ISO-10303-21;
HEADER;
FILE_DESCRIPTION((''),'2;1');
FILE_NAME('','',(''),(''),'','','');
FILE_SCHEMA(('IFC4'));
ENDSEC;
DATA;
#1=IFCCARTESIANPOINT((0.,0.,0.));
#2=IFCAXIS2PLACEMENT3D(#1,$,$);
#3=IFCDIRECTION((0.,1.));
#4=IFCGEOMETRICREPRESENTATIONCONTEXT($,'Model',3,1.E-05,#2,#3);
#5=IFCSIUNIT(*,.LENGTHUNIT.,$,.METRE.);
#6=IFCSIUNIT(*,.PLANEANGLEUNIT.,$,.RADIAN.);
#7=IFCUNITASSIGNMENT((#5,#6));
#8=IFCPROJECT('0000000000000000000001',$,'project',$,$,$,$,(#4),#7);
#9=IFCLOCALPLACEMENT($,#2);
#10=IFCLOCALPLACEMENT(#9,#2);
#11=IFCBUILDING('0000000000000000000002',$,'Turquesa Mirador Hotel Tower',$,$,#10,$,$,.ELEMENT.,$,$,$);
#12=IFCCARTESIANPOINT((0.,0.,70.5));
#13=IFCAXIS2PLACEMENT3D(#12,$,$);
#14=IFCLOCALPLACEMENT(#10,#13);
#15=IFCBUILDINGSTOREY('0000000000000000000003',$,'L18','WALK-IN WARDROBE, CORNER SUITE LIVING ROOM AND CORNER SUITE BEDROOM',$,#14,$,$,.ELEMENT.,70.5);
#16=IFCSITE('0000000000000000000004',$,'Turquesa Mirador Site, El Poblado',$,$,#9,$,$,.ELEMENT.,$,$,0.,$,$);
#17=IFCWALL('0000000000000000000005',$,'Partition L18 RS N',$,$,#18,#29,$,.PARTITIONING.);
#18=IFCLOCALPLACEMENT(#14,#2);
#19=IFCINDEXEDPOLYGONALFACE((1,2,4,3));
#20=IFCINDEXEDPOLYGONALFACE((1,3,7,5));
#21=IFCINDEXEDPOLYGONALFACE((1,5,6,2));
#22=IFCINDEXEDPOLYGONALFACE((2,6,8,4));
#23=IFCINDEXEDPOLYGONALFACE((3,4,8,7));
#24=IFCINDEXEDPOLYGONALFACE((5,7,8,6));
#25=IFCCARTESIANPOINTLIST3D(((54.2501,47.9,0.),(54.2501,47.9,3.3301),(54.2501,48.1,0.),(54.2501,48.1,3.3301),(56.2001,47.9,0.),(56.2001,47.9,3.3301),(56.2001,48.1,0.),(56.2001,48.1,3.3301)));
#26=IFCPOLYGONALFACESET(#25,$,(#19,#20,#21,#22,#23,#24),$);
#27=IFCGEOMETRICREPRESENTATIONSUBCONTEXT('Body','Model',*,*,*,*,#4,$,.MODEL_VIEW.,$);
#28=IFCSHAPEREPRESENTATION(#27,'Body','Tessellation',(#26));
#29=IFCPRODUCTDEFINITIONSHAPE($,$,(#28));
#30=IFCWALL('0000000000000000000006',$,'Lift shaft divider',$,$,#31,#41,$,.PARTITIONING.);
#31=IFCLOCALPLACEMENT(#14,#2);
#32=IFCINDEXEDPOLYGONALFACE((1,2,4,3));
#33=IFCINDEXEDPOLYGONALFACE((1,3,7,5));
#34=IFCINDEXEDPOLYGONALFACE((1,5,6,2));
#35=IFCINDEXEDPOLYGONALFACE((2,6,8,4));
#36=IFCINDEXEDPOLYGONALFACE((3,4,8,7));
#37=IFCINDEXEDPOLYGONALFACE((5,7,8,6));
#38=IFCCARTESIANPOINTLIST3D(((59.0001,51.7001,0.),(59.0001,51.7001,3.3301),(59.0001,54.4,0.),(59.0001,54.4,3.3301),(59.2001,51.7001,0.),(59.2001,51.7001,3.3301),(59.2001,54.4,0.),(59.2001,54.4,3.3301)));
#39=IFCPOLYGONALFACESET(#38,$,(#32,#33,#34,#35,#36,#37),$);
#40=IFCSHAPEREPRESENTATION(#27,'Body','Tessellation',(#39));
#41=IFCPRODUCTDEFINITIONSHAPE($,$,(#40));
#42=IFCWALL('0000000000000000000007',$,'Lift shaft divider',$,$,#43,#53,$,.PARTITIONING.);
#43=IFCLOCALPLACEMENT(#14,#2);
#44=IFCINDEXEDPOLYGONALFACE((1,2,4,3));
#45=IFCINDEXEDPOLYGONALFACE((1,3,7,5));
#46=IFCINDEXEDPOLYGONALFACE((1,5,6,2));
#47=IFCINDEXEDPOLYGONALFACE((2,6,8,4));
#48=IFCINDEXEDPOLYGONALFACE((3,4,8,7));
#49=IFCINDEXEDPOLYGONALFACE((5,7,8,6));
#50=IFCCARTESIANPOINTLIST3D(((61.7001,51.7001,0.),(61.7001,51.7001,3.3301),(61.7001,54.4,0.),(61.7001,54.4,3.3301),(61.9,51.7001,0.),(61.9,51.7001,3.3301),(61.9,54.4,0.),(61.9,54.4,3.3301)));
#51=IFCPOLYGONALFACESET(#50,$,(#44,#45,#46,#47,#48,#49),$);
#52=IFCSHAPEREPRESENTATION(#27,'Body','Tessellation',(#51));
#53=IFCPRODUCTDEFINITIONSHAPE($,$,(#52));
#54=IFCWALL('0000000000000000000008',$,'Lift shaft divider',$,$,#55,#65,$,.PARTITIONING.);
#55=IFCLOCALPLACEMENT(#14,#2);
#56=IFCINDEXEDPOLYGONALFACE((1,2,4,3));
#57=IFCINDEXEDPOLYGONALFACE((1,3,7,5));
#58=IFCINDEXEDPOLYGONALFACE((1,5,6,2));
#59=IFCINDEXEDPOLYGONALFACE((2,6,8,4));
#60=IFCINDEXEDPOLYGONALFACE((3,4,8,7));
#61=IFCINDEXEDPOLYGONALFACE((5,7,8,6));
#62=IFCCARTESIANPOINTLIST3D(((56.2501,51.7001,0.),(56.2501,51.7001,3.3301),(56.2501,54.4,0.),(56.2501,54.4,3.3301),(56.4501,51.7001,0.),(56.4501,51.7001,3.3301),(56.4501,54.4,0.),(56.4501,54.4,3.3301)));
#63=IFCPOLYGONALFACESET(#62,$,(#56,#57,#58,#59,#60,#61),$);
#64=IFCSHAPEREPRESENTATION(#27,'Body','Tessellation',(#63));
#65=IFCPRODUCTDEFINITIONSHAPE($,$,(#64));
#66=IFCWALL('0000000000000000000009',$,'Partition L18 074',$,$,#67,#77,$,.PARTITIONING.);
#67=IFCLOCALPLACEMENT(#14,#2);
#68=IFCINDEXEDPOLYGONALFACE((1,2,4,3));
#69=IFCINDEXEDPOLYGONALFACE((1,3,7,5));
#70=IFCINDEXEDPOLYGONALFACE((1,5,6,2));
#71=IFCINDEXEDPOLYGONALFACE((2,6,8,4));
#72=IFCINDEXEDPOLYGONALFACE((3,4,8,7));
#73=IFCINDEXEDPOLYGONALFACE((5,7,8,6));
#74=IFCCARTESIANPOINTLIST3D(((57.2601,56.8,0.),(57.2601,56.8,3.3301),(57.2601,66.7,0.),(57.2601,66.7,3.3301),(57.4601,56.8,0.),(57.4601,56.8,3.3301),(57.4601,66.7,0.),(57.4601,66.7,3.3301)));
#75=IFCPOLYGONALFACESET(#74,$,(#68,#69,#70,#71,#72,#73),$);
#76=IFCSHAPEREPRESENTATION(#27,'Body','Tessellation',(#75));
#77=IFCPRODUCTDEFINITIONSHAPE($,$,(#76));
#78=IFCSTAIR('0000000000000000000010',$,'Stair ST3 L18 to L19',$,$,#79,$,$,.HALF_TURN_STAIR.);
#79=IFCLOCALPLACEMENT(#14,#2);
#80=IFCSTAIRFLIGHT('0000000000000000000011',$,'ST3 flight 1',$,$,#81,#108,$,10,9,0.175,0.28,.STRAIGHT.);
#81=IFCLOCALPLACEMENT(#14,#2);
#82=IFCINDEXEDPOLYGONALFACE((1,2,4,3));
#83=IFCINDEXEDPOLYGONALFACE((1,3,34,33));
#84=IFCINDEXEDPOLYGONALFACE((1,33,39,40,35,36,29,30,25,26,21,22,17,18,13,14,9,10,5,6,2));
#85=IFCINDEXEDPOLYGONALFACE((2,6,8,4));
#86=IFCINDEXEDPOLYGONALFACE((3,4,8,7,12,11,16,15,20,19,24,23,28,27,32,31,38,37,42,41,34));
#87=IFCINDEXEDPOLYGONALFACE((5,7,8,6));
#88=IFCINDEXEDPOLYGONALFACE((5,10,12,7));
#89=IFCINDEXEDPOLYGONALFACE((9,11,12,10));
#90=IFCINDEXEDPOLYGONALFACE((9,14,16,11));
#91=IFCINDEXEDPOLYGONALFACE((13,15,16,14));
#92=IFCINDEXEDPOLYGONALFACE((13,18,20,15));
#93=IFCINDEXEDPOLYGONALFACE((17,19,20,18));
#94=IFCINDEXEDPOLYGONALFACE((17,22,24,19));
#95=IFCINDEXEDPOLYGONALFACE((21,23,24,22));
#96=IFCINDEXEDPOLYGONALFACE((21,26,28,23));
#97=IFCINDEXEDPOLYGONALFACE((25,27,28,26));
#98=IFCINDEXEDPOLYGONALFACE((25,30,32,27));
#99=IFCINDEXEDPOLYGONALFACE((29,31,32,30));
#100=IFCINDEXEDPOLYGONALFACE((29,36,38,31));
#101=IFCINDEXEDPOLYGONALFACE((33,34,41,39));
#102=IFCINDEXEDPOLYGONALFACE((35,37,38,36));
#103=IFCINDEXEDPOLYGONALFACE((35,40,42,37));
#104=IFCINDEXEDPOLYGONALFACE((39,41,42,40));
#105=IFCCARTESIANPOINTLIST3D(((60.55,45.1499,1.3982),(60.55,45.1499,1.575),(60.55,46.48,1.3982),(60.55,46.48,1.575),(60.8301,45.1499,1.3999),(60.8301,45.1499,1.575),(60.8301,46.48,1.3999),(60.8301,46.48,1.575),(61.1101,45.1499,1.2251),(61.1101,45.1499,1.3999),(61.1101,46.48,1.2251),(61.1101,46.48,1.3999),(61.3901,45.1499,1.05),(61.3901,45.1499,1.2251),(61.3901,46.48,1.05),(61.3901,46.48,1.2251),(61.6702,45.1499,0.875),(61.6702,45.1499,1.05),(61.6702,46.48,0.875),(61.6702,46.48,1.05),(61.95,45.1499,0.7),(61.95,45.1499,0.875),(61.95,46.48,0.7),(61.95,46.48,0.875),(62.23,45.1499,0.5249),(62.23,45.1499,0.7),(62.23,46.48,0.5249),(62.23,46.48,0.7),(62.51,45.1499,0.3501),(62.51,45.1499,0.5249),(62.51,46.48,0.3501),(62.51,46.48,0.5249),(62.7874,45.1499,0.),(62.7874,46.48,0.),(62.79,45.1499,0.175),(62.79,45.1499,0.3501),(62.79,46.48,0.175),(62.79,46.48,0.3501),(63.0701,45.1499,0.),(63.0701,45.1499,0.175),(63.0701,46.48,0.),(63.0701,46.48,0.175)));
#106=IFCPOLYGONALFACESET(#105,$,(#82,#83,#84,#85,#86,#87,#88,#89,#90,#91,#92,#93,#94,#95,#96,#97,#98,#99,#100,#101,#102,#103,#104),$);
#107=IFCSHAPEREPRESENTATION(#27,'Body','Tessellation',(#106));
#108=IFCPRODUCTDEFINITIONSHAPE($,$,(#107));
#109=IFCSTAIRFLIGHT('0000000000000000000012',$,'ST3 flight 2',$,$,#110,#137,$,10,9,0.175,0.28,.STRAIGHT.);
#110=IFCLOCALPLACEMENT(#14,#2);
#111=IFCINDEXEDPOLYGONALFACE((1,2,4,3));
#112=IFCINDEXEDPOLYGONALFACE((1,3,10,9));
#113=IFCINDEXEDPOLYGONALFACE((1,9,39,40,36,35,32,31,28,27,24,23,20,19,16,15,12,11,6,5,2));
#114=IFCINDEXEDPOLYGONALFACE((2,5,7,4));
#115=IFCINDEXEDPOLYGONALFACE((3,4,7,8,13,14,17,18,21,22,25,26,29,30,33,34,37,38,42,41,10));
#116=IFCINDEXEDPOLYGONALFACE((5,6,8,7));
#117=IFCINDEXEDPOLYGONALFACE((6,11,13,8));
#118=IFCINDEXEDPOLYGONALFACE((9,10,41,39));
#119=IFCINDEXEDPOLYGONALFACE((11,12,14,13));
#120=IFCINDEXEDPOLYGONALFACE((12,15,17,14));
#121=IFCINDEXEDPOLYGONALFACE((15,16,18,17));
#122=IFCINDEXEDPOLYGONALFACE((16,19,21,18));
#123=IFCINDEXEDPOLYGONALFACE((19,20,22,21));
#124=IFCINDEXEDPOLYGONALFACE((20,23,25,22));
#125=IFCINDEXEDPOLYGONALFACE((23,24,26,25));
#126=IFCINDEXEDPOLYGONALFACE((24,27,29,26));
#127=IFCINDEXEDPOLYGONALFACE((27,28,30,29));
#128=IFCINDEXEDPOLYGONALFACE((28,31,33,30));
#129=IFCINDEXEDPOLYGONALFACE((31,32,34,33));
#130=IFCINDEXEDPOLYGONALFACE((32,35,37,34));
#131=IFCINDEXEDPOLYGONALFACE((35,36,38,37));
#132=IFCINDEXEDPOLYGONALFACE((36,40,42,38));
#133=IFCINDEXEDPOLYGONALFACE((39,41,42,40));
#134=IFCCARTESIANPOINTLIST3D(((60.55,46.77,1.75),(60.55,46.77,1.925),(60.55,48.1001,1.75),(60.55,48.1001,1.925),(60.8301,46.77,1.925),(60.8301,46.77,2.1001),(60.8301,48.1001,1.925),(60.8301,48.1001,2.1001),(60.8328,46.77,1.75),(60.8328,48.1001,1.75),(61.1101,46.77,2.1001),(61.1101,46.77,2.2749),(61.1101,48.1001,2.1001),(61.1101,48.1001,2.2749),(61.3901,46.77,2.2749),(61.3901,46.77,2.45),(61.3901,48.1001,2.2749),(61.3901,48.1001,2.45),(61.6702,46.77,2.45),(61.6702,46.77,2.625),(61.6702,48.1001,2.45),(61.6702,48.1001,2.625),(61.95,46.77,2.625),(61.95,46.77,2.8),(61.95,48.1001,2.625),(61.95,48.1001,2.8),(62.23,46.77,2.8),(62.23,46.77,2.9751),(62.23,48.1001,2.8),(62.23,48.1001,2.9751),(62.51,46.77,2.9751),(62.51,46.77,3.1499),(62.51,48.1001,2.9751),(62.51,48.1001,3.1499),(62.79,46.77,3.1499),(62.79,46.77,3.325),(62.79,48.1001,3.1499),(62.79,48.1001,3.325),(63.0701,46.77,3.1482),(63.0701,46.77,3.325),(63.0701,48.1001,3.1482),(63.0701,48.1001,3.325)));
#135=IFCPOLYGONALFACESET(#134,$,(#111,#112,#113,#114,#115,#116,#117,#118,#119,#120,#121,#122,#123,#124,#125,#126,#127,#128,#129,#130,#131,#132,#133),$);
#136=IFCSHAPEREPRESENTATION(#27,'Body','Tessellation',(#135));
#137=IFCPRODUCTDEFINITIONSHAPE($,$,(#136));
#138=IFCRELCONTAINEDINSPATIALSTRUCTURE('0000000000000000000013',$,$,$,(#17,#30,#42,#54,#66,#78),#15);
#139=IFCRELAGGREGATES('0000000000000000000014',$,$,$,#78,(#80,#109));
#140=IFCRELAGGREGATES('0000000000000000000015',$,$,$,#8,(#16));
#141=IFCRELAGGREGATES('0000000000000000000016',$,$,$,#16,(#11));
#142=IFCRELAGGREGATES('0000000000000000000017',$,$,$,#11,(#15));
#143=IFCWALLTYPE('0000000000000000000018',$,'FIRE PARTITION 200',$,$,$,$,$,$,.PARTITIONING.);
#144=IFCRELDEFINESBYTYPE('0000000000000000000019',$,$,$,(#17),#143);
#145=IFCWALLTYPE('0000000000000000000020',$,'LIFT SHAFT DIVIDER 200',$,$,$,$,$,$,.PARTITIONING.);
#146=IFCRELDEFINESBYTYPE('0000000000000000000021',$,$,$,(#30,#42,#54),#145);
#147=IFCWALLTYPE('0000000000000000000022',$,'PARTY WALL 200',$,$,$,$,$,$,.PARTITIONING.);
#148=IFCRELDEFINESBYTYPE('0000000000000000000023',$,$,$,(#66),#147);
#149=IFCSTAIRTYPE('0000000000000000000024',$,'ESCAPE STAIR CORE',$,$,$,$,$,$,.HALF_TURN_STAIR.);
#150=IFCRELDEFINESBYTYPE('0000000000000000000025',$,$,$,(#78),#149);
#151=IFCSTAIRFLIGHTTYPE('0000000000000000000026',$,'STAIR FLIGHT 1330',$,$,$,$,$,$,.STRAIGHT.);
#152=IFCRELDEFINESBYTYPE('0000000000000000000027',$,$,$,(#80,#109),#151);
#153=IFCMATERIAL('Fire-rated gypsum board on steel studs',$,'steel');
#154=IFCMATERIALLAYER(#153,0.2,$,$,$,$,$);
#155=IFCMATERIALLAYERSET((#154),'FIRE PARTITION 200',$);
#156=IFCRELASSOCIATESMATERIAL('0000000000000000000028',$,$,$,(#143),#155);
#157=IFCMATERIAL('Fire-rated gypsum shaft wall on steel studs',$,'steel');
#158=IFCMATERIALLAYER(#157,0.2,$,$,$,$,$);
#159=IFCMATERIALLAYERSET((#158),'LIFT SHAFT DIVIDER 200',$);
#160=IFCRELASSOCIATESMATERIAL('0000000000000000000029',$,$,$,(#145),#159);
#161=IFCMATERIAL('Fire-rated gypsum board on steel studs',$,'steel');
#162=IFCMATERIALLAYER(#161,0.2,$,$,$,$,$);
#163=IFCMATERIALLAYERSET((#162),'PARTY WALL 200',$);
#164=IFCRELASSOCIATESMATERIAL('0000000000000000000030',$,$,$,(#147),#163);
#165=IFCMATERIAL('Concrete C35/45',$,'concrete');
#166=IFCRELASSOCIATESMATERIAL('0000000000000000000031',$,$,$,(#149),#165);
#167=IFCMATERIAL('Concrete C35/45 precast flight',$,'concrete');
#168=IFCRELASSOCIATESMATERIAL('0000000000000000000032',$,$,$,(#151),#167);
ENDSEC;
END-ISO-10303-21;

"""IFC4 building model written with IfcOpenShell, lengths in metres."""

from ifc_helpers import new_model, si_unit, direction, frame, frame_2d, origin, place, context, subcontext, project, spatial, polyline, rectangle, outline, extrude, material, layer, layer_set, type_object, element, aggregate, save


model = new_model("IFC4")

# Units and contexts
model_context = context("Model", 3, precision=1e-05, world=origin(), true_north=direction((0.0, 1.0)))
body_context = subcontext(model_context, "Body", "Model", "MODEL_VIEW")
ifc_project = project(units=[si_unit("LENGTHUNIT", "METRE"), si_unit("PLANEANGLEUNIT", "RADIAN")], contexts=[model_context])

# Site, building, storey
site_placement = place(None, origin())
site = spatial("IfcSite", under=ifc_project, at=site_placement, Name="Turquesa Mirador Site, El Poblado", CompositionType="ELEMENT", RefElevation=0.0)
building_placement = place(site_placement, origin())
building = spatial("IfcBuilding", under=site, at=building_placement, Name="Turquesa Mirador Hotel Tower", CompositionType="ELEMENT")
storey_placement = place(building_placement, frame((0.0, 0.0, 70.5)))
storey = spatial("IfcBuildingStorey", under=building, at=storey_placement, Name="L18", Description="WALK-IN WARDROBE, CORNER SUITE LIVING ROOM AND CORNER SUITE BEDROOM", CompositionType="ELEMENT", Elevation=70.5)

# Shared definitions
ifc_material_1 = material(Name="Fire-rated gypsum board on steel studs", Category="steel")
ifc_layer_1 = layer(ifc_material_1, 0.2)
ifc_layer_set_1 = layer_set([ifc_layer_1], Name="FIRE PARTITION 200")
wall_type_1 = type_object("IfcWallType", Name="FIRE PARTITION 200", PredefinedType="PARTITIONING", material=ifc_layer_set_1)

# Walls
for number, where, z_axis, x_axis, name in (
    (1, (54.25, 48.0, 0.0), (0.0, 0.0, 1.0), (1.0, 0.0, 0.0), "Partition L18 RS N"),
):
    element("IfcWall", number, at=place(storey_placement, frame(where, z_axis=z_axis, x_axis=x_axis)), inside=storey, type_object=wall_type_1, Name=name, PredefinedType="PARTITIONING", context=body_context, shape_type="SweptSolid", body=[
        extrude(rectangle(XDim=1.95, YDim=0.2, at=frame_2d((0.9751, 0.0))), origin(), (0.0, 0.0, 1.0), 3.3301),
    ])
ifc_material_2 = material(Name="Fire-rated gypsum shaft wall on steel studs", Category="steel")
ifc_layer_2 = layer(ifc_material_2, 0.2)
ifc_layer_set_2 = layer_set([ifc_layer_2], Name="LIFT SHAFT DIVIDER 200")
wall_type_2 = type_object("IfcWallType", Name="LIFT SHAFT DIVIDER 200", PredefinedType="PARTITIONING", material=ifc_layer_set_2)
for number, where, z_axis, x_axis, name in (
    (2, (59.1001, 51.7, 0.0), (0.0, 0.0, 1.0), (0.0, 1.0, 0.0), "Lift shaft divider"),
    (3, (61.8, 51.7, 0.0), (0.0, 0.0, 1.0), (0.0, 1.0, 0.0), "Lift shaft divider"),
    (4, (56.3501, 51.7, 0.0), (0.0, 0.0, 1.0), (0.0, 1.0, 0.0), "Lift shaft divider"),
):
    element("IfcWall", number, at=place(storey_placement, frame(where, z_axis=z_axis, x_axis=x_axis)), inside=storey, type_object=wall_type_2, Name=name, PredefinedType="PARTITIONING", context=body_context, shape_type="SweptSolid", body=[
        extrude(rectangle(XDim=2.7, YDim=0.2, at=frame_2d((1.3501, 0.0))), origin(), (0.0, 0.0, 1.0), 3.3301),
    ])
ifc_material_3 = material(Name="Fire-rated gypsum board on steel studs", Category="steel")
ifc_layer_3 = layer(ifc_material_3, 0.2)
ifc_layer_set_3 = layer_set([ifc_layer_3], Name="PARTY WALL 200")
wall_type_3 = type_object("IfcWallType", Name="PARTY WALL 200", PredefinedType="PARTITIONING", material=ifc_layer_set_3)
wall_1_placement = place(storey_placement, frame((57.3601, 56.8, 0.0), z_axis=(0.0, 0.0, 1.0), x_axis=(0.0, 1.0, 0.0)))
element("IfcWall", 5, at=wall_1_placement, inside=storey, type_object=wall_type_3, Name="Partition L18 074", PredefinedType="PARTITIONING", context=body_context, shape_type="SweptSolid", body=[
    extrude(rectangle(XDim=9.8999, YDim=0.2, at=frame_2d((4.95, 0.0))), origin(), (0.0, 0.0, 1.0), 3.3301),
])

# Stair, stair flights
ifc_material_4 = material(Name="Concrete C35/45", Category="concrete")
stair_type = type_object("IfcStairType", Name="ESCAPE STAIR CORE", PredefinedType="HALF_TURN_STAIR", material=ifc_material_4)
stair_placement = place(storey_placement, origin())
stair = element("IfcStair", 6, at=stair_placement, inside=storey, type_object=stair_type, Name="Stair ST3 L18 to L19", PredefinedType="HALF_TURN_STAIR")
ifc_material_5 = material(Name="Concrete C35/45 precast flight", Category="concrete")
stair_flight_type = type_object("IfcStairFlightType", Name="STAIR FLIGHT 1330", PredefinedType="STRAIGHT", material=ifc_material_5)
stair_flight_1_placement = place(storey_placement, frame((63.0701, 45.8149, 0.0), z_axis=(0.0, 0.0, 1.0), x_axis=(-1.0, 0.0, 0.0)))
stair_flight_1 = element("IfcStairFlight", 7, at=stair_flight_1_placement, type_object=stair_flight_type, Name="ST3 flight 1", NumberOfRisers=10, NumberOfTreads=9, PredefinedType="STRAIGHT", RiserHeight=0.175, TreadLength=0.28, context=body_context, shape_type="SweptSolid", body=[
    extrude(outline(polyline([(0.0, 0.0), (0.0, 0.175), (0.28, 0.175), (0.28, 0.3501), (0.5601, 0.3501), (0.5601, 0.5249), (0.8401, 0.5249), (0.8401, 0.7), (1.1201, 0.7), (1.1201, 0.875), (1.3999, 0.875), (1.3999, 1.05), (1.6799, 1.05), (1.6799, 1.2251), (1.96, 1.2251), (1.96, 1.3999), (2.24, 1.3999), (2.24, 1.575), (2.52, 1.575), (2.52, 1.75), (2.52, 1.3982), (0.2827, 0.0), (0.0, 0.0)])), frame((0.0, 0.665, 0.0), z_axis=(0.0, -1.0, 0.0), x_axis=(1.0, 0.0, 0.0)), (0.0, 0.0, 1.0), 1.3301),
])
stair_flight_2_placement = place(storey_placement, frame((60.55, 47.4351, 1.75), z_axis=(0.0, 0.0, 1.0), x_axis=(1.0, 0.0, 0.0)))
stair_flight_2 = element("IfcStairFlight", 8, at=stair_flight_2_placement, type_object=stair_flight_type, Name="ST3 flight 2", NumberOfRisers=10, NumberOfTreads=9, PredefinedType="STRAIGHT", RiserHeight=0.175, TreadLength=0.28, context=body_context, shape_type="SweptSolid", body=[
    extrude(outline(polyline([(0.0, 0.0), (0.0, 0.175), (0.28, 0.175), (0.28, 0.3501), (0.5601, 0.3501), (0.5601, 0.5249), (0.8401, 0.5249), (0.8401, 0.7), (1.1201, 0.7), (1.1201, 0.875), (1.3999, 0.875), (1.3999, 1.05), (1.6799, 1.05), (1.6799, 1.2251), (1.96, 1.2251), (1.96, 1.3999), (2.24, 1.3999), (2.24, 1.575), (2.52, 1.575), (2.52, 1.75), (2.52, 1.3982), (0.2827, 0.0), (0.0, 0.0)])), frame((0.0, 0.665, 0.0), z_axis=(0.0, -1.0, 0.0), x_axis=(1.0, 0.0, 0.0)), (0.0, 0.0, 1.0), 1.3301),
])
aggregate(stair, [stair_flight_1, stair_flight_2])

save(model, "model.ifc")
